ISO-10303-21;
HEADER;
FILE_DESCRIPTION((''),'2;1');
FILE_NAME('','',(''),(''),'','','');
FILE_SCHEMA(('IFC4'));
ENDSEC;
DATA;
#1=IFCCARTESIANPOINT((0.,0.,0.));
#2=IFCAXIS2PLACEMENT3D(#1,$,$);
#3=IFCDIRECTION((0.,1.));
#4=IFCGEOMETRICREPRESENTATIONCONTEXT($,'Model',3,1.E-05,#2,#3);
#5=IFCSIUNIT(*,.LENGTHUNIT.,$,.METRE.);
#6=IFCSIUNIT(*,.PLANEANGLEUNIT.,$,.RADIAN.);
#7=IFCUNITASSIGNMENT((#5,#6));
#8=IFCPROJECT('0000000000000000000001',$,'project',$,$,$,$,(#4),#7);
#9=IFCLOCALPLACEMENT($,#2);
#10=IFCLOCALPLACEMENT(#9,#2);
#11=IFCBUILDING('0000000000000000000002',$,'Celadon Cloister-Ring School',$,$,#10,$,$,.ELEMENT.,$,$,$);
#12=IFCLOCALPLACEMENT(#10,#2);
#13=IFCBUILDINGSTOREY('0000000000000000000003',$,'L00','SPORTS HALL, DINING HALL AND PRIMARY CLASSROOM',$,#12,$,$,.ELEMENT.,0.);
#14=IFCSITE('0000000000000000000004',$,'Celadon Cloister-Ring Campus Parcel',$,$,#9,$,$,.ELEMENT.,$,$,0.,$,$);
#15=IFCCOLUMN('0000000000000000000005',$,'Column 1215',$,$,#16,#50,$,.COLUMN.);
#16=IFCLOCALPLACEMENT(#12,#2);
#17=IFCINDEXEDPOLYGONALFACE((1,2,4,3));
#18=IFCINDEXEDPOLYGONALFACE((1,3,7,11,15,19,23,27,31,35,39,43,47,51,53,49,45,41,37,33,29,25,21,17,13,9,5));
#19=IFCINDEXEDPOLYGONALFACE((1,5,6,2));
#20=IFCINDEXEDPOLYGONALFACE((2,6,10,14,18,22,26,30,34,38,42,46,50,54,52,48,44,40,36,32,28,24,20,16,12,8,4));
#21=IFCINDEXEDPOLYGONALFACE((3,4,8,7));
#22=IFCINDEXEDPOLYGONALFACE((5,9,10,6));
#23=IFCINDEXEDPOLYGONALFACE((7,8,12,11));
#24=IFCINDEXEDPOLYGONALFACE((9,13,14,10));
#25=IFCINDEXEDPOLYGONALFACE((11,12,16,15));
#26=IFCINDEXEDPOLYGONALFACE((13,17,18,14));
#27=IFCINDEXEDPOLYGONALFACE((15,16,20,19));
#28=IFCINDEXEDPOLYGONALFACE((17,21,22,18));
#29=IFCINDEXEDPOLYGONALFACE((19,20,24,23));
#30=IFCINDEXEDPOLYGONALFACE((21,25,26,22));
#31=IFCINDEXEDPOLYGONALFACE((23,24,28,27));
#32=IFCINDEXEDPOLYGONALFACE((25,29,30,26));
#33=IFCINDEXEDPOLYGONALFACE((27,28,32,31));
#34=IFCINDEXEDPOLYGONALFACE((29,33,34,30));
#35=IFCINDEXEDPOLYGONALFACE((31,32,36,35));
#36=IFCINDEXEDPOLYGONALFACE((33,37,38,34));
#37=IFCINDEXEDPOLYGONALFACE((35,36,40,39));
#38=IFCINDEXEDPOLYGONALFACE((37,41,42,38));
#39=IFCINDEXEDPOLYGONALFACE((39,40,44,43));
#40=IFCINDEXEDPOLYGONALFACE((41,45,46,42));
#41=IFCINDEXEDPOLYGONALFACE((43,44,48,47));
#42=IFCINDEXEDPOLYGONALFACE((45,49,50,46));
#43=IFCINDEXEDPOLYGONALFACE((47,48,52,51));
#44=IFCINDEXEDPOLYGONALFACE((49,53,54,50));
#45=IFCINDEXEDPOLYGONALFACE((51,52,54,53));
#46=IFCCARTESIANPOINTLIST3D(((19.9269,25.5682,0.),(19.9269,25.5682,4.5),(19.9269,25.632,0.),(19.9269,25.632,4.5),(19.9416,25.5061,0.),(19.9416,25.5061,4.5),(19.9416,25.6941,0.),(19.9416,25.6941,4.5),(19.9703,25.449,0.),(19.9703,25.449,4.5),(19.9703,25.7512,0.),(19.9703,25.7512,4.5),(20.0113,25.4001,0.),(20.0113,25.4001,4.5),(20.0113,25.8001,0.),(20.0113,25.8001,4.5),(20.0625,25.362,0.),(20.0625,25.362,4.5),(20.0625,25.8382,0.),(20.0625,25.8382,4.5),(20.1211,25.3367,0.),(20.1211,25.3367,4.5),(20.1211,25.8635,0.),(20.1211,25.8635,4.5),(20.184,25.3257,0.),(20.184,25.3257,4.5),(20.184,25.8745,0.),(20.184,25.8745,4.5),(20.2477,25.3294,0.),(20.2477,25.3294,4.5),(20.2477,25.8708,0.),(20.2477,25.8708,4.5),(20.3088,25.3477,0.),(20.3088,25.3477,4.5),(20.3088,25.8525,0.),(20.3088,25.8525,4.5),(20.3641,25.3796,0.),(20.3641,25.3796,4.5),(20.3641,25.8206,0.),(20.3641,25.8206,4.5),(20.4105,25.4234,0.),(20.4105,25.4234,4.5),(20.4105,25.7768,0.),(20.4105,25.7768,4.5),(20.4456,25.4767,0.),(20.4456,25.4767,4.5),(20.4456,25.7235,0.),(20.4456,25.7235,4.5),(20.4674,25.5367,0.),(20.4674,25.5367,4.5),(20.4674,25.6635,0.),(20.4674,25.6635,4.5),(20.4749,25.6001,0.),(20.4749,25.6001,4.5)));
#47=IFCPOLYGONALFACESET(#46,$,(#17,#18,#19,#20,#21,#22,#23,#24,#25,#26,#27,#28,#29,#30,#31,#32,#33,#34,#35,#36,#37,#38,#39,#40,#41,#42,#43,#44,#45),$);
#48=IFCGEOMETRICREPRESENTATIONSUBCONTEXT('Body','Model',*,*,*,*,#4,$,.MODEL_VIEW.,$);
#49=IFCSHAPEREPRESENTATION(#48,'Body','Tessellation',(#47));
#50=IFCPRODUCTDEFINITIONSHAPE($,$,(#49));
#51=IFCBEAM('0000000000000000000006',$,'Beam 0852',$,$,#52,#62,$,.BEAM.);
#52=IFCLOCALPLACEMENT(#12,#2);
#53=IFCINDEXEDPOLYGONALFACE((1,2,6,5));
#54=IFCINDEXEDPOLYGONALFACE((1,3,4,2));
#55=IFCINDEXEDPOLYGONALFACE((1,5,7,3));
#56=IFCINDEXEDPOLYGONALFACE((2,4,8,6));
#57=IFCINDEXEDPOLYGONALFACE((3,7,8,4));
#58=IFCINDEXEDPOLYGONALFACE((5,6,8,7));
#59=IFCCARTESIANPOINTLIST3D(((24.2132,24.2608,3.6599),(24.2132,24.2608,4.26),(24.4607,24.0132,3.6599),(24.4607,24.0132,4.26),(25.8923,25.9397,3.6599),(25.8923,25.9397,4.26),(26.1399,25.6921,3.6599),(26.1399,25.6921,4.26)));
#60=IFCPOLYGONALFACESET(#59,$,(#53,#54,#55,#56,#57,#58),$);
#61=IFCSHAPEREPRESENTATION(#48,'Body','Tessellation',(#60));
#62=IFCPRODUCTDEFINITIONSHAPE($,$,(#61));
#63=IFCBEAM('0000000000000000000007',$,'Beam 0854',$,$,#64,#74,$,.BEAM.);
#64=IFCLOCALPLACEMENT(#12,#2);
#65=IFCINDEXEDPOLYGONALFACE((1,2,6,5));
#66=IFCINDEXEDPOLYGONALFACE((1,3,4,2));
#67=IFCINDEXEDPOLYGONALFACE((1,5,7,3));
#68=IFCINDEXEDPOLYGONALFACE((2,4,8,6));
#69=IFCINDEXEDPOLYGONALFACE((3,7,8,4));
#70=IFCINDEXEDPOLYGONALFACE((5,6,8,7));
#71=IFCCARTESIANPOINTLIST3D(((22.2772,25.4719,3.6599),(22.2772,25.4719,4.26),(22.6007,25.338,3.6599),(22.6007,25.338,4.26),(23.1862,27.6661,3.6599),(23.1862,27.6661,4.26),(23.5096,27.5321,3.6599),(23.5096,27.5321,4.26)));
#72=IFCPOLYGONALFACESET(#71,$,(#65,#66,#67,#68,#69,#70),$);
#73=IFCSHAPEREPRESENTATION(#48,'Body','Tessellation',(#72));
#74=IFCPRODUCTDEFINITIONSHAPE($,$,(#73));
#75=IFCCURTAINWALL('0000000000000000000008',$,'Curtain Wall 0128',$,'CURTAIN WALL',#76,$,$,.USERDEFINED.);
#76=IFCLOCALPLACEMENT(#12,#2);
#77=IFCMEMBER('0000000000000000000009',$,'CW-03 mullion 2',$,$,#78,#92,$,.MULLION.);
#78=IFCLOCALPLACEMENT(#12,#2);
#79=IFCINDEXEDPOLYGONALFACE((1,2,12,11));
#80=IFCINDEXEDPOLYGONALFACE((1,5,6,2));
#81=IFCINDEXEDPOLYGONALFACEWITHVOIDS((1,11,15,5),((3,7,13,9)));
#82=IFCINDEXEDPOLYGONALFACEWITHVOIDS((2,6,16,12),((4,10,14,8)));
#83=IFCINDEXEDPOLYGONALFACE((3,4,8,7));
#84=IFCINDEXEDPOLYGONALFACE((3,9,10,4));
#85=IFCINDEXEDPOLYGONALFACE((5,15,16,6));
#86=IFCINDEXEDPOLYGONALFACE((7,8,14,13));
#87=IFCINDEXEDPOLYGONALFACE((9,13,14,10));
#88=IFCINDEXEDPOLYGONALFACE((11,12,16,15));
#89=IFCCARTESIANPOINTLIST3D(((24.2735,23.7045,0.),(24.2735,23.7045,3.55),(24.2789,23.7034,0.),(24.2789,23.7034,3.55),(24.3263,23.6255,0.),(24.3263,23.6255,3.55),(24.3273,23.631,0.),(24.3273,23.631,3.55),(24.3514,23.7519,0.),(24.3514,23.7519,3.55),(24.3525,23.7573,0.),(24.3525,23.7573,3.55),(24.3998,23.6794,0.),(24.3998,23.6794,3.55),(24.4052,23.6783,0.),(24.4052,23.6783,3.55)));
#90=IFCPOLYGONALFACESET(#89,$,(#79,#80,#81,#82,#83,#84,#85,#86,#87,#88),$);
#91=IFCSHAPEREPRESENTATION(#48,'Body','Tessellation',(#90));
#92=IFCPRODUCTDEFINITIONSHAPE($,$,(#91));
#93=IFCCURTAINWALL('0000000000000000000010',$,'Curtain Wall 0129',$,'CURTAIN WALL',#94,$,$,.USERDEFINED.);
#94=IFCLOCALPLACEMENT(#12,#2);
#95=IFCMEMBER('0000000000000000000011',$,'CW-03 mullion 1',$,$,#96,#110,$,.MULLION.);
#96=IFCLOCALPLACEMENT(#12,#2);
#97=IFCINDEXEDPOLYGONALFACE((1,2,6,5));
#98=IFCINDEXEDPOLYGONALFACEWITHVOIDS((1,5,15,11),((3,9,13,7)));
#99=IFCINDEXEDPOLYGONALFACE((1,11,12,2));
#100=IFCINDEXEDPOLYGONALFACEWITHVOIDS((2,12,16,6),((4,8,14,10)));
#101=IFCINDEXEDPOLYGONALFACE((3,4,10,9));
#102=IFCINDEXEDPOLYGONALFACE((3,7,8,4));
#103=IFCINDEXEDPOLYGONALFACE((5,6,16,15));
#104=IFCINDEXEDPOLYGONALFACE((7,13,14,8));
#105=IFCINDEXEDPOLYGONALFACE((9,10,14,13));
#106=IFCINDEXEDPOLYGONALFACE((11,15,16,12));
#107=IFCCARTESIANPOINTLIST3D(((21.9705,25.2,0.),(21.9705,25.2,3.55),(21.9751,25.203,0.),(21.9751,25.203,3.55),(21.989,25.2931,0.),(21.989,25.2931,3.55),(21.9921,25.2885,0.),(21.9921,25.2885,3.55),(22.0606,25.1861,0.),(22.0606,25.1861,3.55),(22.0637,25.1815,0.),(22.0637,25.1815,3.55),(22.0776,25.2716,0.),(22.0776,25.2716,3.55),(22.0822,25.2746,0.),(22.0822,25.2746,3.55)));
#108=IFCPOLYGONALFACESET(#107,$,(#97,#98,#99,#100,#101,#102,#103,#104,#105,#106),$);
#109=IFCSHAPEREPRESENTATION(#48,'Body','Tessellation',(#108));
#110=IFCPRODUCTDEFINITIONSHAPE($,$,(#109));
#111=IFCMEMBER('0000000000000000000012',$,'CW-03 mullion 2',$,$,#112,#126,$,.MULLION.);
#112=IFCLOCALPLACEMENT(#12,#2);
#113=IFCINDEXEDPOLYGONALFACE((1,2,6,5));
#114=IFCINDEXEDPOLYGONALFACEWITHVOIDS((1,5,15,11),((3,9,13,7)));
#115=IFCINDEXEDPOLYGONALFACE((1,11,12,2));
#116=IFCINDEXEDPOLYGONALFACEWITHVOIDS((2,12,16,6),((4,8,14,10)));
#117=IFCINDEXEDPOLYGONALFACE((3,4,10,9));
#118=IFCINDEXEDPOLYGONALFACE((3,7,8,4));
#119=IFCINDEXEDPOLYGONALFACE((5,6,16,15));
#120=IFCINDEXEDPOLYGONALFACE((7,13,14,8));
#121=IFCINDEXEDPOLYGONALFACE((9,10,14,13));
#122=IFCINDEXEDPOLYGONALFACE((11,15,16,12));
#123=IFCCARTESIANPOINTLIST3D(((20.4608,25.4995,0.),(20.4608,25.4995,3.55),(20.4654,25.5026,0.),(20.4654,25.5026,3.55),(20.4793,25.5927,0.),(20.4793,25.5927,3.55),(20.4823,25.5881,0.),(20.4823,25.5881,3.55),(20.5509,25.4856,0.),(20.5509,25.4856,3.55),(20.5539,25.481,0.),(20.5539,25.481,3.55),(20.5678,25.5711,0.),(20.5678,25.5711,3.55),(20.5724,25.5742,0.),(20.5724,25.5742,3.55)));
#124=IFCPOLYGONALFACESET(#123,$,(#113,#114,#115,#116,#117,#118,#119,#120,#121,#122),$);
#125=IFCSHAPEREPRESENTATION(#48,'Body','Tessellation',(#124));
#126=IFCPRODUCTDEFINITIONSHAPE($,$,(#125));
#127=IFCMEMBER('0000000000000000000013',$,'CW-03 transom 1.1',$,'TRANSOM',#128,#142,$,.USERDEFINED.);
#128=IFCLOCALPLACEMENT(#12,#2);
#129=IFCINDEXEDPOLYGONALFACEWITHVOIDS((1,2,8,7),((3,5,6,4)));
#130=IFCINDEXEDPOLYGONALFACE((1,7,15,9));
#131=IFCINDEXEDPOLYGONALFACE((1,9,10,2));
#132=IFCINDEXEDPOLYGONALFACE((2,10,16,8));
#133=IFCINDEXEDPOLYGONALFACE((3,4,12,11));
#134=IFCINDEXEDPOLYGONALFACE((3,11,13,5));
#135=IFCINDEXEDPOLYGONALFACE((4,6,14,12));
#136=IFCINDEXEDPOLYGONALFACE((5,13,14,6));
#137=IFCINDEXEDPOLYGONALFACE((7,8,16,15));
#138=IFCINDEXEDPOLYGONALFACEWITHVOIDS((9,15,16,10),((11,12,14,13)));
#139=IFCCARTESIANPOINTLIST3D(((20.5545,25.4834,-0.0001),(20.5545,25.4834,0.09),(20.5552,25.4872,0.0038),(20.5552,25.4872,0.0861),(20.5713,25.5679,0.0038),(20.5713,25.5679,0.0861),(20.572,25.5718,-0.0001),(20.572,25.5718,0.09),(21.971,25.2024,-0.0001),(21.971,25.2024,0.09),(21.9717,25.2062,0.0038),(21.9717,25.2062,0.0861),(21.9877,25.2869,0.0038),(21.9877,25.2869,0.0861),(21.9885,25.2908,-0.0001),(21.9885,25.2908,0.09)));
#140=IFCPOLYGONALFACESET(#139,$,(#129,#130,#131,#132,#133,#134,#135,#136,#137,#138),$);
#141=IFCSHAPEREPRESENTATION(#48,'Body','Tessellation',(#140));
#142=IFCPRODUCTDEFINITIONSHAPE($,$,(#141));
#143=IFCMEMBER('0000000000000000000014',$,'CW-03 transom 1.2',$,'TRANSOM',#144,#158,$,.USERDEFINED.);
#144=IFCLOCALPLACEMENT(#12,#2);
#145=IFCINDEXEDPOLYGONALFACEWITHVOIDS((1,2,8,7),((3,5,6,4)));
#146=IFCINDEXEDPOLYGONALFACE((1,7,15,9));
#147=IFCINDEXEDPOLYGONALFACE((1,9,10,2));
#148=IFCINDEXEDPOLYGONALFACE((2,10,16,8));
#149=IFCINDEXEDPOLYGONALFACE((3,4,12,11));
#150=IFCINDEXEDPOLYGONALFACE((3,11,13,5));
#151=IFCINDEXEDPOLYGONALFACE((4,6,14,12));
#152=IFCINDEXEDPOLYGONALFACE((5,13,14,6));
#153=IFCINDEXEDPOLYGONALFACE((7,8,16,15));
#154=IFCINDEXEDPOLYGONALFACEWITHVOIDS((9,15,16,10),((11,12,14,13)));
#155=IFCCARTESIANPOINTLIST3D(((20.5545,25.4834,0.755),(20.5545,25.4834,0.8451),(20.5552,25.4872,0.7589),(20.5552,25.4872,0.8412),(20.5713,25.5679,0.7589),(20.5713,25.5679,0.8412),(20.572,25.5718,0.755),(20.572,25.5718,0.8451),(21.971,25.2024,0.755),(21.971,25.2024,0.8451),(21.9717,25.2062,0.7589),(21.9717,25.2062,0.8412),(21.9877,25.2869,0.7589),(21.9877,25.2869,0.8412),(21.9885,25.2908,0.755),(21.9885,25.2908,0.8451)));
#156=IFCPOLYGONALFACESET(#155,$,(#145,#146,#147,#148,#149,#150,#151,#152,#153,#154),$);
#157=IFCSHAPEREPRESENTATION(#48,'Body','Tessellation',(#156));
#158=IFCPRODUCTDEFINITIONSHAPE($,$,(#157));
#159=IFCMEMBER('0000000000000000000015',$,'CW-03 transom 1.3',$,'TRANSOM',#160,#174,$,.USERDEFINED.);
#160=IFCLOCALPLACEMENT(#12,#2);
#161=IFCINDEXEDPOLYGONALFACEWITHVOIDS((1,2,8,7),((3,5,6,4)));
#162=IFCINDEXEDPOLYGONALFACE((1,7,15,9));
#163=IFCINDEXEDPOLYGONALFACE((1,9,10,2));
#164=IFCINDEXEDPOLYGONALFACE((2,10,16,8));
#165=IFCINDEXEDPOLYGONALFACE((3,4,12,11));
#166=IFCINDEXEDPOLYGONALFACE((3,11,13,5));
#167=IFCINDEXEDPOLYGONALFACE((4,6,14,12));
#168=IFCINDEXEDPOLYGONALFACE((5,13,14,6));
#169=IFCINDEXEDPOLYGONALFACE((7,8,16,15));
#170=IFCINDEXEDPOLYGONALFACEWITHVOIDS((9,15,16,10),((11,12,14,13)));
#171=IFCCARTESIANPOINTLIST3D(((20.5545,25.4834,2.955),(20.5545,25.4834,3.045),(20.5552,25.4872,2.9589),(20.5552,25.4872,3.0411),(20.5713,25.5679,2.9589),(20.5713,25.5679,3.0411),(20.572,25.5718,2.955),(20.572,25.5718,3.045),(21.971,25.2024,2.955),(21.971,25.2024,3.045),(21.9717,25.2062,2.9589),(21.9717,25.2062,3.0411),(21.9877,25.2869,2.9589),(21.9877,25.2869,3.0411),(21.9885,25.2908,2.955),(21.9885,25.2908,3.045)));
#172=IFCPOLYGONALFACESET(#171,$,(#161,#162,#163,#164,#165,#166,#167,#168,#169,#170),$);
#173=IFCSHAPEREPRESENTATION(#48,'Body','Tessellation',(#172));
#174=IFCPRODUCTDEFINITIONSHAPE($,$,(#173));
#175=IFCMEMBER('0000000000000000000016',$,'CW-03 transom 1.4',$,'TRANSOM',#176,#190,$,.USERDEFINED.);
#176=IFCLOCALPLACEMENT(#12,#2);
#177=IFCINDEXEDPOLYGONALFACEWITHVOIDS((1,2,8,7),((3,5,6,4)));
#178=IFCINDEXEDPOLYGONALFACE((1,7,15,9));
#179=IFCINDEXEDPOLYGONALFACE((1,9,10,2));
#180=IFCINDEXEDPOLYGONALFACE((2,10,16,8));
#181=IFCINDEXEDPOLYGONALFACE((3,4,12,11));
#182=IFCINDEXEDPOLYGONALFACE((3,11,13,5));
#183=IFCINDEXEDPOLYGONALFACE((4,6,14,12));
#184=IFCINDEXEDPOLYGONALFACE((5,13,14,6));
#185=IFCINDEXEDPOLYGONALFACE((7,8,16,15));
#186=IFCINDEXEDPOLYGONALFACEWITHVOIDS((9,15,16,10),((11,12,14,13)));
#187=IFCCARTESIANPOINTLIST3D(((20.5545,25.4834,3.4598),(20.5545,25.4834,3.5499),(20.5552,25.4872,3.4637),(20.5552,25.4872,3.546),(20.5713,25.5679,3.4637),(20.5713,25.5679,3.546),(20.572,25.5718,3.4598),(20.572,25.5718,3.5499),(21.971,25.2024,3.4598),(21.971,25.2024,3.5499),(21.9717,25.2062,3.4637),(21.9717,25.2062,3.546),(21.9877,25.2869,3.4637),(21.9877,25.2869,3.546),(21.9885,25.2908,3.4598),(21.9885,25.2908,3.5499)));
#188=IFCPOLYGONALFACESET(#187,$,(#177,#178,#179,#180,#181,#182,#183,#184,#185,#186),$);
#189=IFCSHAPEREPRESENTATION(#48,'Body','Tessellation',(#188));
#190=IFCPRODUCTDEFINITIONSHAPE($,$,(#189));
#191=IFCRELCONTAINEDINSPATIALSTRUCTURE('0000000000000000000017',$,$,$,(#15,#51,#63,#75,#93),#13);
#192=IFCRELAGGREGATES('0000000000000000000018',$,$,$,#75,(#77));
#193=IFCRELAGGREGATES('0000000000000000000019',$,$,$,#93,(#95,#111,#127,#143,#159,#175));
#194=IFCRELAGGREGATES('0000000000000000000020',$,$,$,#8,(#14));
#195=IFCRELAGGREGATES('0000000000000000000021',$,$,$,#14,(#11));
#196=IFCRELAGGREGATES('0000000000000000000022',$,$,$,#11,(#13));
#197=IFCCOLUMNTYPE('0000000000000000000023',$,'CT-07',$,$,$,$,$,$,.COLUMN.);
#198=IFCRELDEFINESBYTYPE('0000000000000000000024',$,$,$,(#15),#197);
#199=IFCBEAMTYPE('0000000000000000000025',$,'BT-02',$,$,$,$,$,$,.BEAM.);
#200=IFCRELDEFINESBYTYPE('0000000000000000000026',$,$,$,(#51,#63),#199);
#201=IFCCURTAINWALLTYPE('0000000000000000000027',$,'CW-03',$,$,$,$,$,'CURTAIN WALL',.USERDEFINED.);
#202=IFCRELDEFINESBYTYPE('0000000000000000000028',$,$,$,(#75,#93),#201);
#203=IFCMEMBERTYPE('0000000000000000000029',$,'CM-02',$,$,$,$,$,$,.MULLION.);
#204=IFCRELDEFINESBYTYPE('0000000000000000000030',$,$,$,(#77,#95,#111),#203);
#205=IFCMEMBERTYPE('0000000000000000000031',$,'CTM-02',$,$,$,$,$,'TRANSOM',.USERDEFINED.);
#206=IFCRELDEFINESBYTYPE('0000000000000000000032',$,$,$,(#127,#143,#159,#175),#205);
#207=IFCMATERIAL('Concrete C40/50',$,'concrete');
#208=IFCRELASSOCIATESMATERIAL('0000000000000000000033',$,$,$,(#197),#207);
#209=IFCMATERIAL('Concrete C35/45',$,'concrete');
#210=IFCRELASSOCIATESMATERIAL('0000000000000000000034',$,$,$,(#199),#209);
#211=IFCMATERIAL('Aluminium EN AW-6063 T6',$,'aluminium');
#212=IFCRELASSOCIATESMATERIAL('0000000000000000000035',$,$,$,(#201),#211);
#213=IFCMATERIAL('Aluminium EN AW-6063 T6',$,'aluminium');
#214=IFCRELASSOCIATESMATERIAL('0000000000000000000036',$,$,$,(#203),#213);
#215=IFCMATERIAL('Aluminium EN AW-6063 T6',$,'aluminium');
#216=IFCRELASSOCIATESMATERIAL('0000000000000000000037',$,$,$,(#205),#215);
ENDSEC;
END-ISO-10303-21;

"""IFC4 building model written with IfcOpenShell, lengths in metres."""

from ifc_helpers import new_model, si_unit, direction, frame, origin, origin_2d, place, context, subcontext, project, spatial, rectangle, hollow_rectangle, circle, extrude, material, material_profile, profile_set, type_object, element, aggregate, save


model = new_model("IFC4")

# Units and contexts
model_context = context("Model", 3, precision=1e-05, world=origin(), true_north=direction((0.0, 1.0)))
body_context = subcontext(model_context, "Body", "Model", "MODEL_VIEW")
ifc_project = project(units=[si_unit("LENGTHUNIT", "METRE"), si_unit("PLANEANGLEUNIT", "RADIAN")], contexts=[model_context])

# Site, building, storey
site_placement = place(None, origin())
site = spatial("IfcSite", under=ifc_project, at=site_placement, Name="Celadon Cloister-Ring Campus Parcel", CompositionType="ELEMENT", RefElevation=0.0)
building_placement = place(site_placement, origin())
building = spatial("IfcBuilding", under=site, at=building_placement, Name="Celadon Cloister-Ring School", CompositionType="ELEMENT")
storey_placement = place(building_placement, origin())
storey = spatial("IfcBuildingStorey", under=building, at=storey_placement, Name="L00", Description="SPORTS HALL, DINING HALL AND PRIMARY CLASSROOM", CompositionType="ELEMENT", Elevation=0.0)

# Column
ifc_material_1 = material(Name="Concrete C40/50", Category="concrete")
ifc_material_profile_1 = material_profile(ifc_material_1, circle(Radius=0.2749, at=origin_2d()), Name="CIRC550")
ifc_profile_set_1 = profile_set([ifc_material_profile_1], Name="Concrete C40/50")
column_type_1 = type_object("IfcColumnType", Name="CT-07", PredefinedType="COLUMN", material=ifc_profile_set_1)
for number, where, z_axis, x_axis, name in (
    (1, (20.2, 25.6001, 0.0), (0.0, 0.0, 1.0), (1.0, 0.0, 0.0), "Column 1215"),
):
    element("IfcColumn", number, at=place(storey_placement, frame(where, z_axis=z_axis, x_axis=x_axis)), inside=storey, type_object=column_type_1, Name=name, PredefinedType="COLUMN", context=body_context, shape_type="SweptSolid", body=[
        extrude(circle(Radius=0.2749, at=origin_2d()), origin(), (0.0, 0.0, 1.0), 4.5),
    ])

# Beams
ifc_material_2 = material(Name="Concrete C35/45", Category="concrete")
ifc_material_profile_2 = material_profile(ifc_material_2, rectangle(XDim=0.3501, YDim=0.6001, at=origin_2d()), Name="RC350X600")
ifc_profile_set_2 = profile_set([ifc_material_profile_2], Name="Concrete C35/45")
beam_type_1 = type_object("IfcBeamType", Name="BT-02", PredefinedType="BEAM", material=ifc_profile_set_2)
beam_1_placement = place(storey_placement, frame((26.0161, 25.8159, 3.96), z_axis=(-0.707158, -0.707055, 0.0), x_axis=(0.707055, -0.707158, 0.0)))
element("IfcBeam", 2, at=beam_1_placement, inside=storey, type_object=beam_type_1, Name="Beam 0852", PredefinedType="BEAM", context=body_context, shape_type="SweptSolid", body=[
    extrude(rectangle(XDim=0.3501, YDim=0.6001, at=origin_2d()), origin(), (0.0, 0.0, 1.0), 2.3745),
])
beam_2_placement = place(storey_placement, frame((23.3479, 27.5991, 3.96), z_axis=(-0.382724, -0.923863, 0.0), x_axis=(0.923863, -0.382724, 0.0)))
element("IfcBeam", 3, at=beam_2_placement, inside=storey, type_object=beam_type_1, Name="Beam 0854", PredefinedType="BEAM", context=body_context, shape_type="SweptSolid", body=[
    extrude(rectangle(XDim=0.3501, YDim=0.6001, at=origin_2d()), origin(), (0.0, 0.0, 1.0), 2.375),
])

# Curtain wall, member
ifc_material_3 = material(Name="Aluminium EN AW-6063 T6", Category="aluminium")
curtain_wall_type = type_object("IfcCurtainWallType", Name="CW-03", ElementType="CURTAIN WALL", PredefinedType="USERDEFINED", material=ifc_material_3)
curtain_wall_1_placement = place(storey_placement, origin())
curtain_wall_1 = element("IfcCurtainWall", 4, at=curtain_wall_1_placement, inside=storey, type_object=curtain_wall_type, Name="Curtain Wall 0128", ObjectType="CURTAIN WALL", PredefinedType="USERDEFINED")
ifc_material_4 = material(Name="Aluminium EN AW-6063 T6", Category="aluminium")
ifc_material_profile_3 = material_profile(ifc_material_4, hollow_rectangle(XDim=0.095, YDim=0.095, WallThickness=0.0039, at=origin_2d()), Name="RHS95X95X4")
ifc_profile_set_3 = profile_set([ifc_material_profile_3], Name="Aluminium EN AW-6063 T6")
member_type_1 = type_object("IfcMemberType", Name="CM-02", PredefinedType="MULLION", material=ifc_profile_set_3)
member_1_placement = place(storey_placement, frame((24.3394, 23.6914, 0.0), z_axis=(0.0, 0.0, 1.0), x_axis=(-0.831485, -0.555547, 0.0)))
member_1 = element("IfcMember", 5, at=member_1_placement, type_object=member_type_1, Name="CW-03 mullion 2", PredefinedType="MULLION", context=body_context, shape_type="SweptSolid", body=[
    extrude(hollow_rectangle(XDim=0.095, YDim=0.095, WallThickness=0.0039, at=origin_2d()), origin(), (0.0, 0.0, 1.0), 3.55),
])
aggregate(curtain_wall_1, [member_1])

# Curtain wall, members
curtain_wall_2_placement = place(storey_placement, origin())
curtain_wall_2 = element("IfcCurtainWall", 6, at=curtain_wall_2_placement, inside=storey, type_object=curtain_wall_type, Name="Curtain Wall 0129", ObjectType="CURTAIN WALL", PredefinedType="USERDEFINED")
member_2_placement = place(storey_placement, frame((22.0264, 25.2373, 0.0), z_axis=(0.0, 0.0, 1.0), x_axis=(-0.194586, -0.980885, 0.0)))
member_2 = element("IfcMember", 7, at=member_2_placement, type_object=member_type_1, Name="CW-03 mullion 1", PredefinedType="MULLION", context=body_context, shape_type="SweptSolid", body=[
    extrude(hollow_rectangle(XDim=0.095, YDim=0.095, WallThickness=0.0039, at=origin_2d()), origin(), (0.0, 0.0, 1.0), 3.55),
])
member_3_placement = place(storey_placement, frame((20.5166, 25.5369, 0.0), z_axis=(0.0, 0.0, 1.0), x_axis=(-0.194586, -0.980885, 0.0)))
member_3 = element("IfcMember", 8, at=member_3_placement, type_object=member_type_1, Name="CW-03 mullion 2", PredefinedType="MULLION", context=body_context, shape_type="SweptSolid", body=[
    extrude(hollow_rectangle(XDim=0.095, YDim=0.095, WallThickness=0.0039, at=origin_2d()), origin(), (0.0, 0.0, 1.0), 3.55),
])
ifc_material_5 = material(Name="Aluminium EN AW-6063 T6", Category="aluminium")
ifc_material_profile_4 = material_profile(ifc_material_5, hollow_rectangle(XDim=0.0901, YDim=0.0901, WallThickness=0.0039, at=origin_2d()), Name="RHS90X90X4")
ifc_profile_set_4 = profile_set([ifc_material_profile_4], Name="Aluminium EN AW-6063 T6")
member_type_2 = type_object("IfcMemberType", Name="CTM-02", ElementType="TRANSOM", PredefinedType="USERDEFINED", material=ifc_profile_set_4)
member_4_placement = place(storey_placement, frame((21.9797, 25.2466, 0.0449), z_axis=(-0.980885, 0.194588, 0.0), x_axis=(-0.194588, -0.980885, 0.0)))
member_4 = element("IfcMember", 9, at=member_4_placement, type_object=member_type_2, Name="CW-03 transom 1.1", ObjectType="TRANSOM", PredefinedType="USERDEFINED", context=body_context, shape_type="SweptSolid", body=[
    extrude(hollow_rectangle(XDim=0.0901, YDim=0.0901, WallThickness=0.0039, at=origin_2d()), origin(), (0.0, 0.0, 1.0), 1.4441),
])
member_5_placement = place(storey_placement, frame((21.9797, 25.2466, 0.8), z_axis=(-0.980885, 0.194588, 0.0), x_axis=(-0.194588, -0.980885, 0.0)))
member_5 = element("IfcMember", 10, at=member_5_placement, type_object=member_type_2, Name="CW-03 transom 1.2", ObjectType="TRANSOM", PredefinedType="USERDEFINED", context=body_context, shape_type="SweptSolid", body=[
    extrude(hollow_rectangle(XDim=0.0901, YDim=0.0901, WallThickness=0.0039, at=origin_2d()), origin(), (0.0, 0.0, 1.0), 1.4441),
])
member_6_placement = place(storey_placement, frame((21.9797, 25.2466, 3.0), z_axis=(-0.980885, 0.194588, 0.0), x_axis=(-0.194588, -0.980885, 0.0)))
member_6 = element("IfcMember", 11, at=member_6_placement, type_object=member_type_2, Name="CW-03 transom 1.3", ObjectType="TRANSOM", PredefinedType="USERDEFINED", context=body_context, shape_type="SweptSolid", body=[
    extrude(hollow_rectangle(XDim=0.0901, YDim=0.0901, WallThickness=0.0039, at=origin_2d()), origin(), (0.0, 0.0, 1.0), 1.4441),
])
member_7_placement = place(storey_placement, frame((21.9797, 25.2466, 3.5049), z_axis=(-0.980885, 0.194588, 0.0), x_axis=(-0.194588, -0.980885, 0.0)))
member_7 = element("IfcMember", 12, at=member_7_placement, type_object=member_type_2, Name="CW-03 transom 1.4", ObjectType="TRANSOM", PredefinedType="USERDEFINED", context=body_context, shape_type="SweptSolid", body=[
    extrude(hollow_rectangle(XDim=0.0901, YDim=0.0901, WallThickness=0.0039, at=origin_2d()), origin(), (0.0, 0.0, 1.0), 1.4441),
])

aggregate(curtain_wall_2, [member_2, member_3, member_4, member_5, member_6, member_7])

save(model, "model.ifc")
